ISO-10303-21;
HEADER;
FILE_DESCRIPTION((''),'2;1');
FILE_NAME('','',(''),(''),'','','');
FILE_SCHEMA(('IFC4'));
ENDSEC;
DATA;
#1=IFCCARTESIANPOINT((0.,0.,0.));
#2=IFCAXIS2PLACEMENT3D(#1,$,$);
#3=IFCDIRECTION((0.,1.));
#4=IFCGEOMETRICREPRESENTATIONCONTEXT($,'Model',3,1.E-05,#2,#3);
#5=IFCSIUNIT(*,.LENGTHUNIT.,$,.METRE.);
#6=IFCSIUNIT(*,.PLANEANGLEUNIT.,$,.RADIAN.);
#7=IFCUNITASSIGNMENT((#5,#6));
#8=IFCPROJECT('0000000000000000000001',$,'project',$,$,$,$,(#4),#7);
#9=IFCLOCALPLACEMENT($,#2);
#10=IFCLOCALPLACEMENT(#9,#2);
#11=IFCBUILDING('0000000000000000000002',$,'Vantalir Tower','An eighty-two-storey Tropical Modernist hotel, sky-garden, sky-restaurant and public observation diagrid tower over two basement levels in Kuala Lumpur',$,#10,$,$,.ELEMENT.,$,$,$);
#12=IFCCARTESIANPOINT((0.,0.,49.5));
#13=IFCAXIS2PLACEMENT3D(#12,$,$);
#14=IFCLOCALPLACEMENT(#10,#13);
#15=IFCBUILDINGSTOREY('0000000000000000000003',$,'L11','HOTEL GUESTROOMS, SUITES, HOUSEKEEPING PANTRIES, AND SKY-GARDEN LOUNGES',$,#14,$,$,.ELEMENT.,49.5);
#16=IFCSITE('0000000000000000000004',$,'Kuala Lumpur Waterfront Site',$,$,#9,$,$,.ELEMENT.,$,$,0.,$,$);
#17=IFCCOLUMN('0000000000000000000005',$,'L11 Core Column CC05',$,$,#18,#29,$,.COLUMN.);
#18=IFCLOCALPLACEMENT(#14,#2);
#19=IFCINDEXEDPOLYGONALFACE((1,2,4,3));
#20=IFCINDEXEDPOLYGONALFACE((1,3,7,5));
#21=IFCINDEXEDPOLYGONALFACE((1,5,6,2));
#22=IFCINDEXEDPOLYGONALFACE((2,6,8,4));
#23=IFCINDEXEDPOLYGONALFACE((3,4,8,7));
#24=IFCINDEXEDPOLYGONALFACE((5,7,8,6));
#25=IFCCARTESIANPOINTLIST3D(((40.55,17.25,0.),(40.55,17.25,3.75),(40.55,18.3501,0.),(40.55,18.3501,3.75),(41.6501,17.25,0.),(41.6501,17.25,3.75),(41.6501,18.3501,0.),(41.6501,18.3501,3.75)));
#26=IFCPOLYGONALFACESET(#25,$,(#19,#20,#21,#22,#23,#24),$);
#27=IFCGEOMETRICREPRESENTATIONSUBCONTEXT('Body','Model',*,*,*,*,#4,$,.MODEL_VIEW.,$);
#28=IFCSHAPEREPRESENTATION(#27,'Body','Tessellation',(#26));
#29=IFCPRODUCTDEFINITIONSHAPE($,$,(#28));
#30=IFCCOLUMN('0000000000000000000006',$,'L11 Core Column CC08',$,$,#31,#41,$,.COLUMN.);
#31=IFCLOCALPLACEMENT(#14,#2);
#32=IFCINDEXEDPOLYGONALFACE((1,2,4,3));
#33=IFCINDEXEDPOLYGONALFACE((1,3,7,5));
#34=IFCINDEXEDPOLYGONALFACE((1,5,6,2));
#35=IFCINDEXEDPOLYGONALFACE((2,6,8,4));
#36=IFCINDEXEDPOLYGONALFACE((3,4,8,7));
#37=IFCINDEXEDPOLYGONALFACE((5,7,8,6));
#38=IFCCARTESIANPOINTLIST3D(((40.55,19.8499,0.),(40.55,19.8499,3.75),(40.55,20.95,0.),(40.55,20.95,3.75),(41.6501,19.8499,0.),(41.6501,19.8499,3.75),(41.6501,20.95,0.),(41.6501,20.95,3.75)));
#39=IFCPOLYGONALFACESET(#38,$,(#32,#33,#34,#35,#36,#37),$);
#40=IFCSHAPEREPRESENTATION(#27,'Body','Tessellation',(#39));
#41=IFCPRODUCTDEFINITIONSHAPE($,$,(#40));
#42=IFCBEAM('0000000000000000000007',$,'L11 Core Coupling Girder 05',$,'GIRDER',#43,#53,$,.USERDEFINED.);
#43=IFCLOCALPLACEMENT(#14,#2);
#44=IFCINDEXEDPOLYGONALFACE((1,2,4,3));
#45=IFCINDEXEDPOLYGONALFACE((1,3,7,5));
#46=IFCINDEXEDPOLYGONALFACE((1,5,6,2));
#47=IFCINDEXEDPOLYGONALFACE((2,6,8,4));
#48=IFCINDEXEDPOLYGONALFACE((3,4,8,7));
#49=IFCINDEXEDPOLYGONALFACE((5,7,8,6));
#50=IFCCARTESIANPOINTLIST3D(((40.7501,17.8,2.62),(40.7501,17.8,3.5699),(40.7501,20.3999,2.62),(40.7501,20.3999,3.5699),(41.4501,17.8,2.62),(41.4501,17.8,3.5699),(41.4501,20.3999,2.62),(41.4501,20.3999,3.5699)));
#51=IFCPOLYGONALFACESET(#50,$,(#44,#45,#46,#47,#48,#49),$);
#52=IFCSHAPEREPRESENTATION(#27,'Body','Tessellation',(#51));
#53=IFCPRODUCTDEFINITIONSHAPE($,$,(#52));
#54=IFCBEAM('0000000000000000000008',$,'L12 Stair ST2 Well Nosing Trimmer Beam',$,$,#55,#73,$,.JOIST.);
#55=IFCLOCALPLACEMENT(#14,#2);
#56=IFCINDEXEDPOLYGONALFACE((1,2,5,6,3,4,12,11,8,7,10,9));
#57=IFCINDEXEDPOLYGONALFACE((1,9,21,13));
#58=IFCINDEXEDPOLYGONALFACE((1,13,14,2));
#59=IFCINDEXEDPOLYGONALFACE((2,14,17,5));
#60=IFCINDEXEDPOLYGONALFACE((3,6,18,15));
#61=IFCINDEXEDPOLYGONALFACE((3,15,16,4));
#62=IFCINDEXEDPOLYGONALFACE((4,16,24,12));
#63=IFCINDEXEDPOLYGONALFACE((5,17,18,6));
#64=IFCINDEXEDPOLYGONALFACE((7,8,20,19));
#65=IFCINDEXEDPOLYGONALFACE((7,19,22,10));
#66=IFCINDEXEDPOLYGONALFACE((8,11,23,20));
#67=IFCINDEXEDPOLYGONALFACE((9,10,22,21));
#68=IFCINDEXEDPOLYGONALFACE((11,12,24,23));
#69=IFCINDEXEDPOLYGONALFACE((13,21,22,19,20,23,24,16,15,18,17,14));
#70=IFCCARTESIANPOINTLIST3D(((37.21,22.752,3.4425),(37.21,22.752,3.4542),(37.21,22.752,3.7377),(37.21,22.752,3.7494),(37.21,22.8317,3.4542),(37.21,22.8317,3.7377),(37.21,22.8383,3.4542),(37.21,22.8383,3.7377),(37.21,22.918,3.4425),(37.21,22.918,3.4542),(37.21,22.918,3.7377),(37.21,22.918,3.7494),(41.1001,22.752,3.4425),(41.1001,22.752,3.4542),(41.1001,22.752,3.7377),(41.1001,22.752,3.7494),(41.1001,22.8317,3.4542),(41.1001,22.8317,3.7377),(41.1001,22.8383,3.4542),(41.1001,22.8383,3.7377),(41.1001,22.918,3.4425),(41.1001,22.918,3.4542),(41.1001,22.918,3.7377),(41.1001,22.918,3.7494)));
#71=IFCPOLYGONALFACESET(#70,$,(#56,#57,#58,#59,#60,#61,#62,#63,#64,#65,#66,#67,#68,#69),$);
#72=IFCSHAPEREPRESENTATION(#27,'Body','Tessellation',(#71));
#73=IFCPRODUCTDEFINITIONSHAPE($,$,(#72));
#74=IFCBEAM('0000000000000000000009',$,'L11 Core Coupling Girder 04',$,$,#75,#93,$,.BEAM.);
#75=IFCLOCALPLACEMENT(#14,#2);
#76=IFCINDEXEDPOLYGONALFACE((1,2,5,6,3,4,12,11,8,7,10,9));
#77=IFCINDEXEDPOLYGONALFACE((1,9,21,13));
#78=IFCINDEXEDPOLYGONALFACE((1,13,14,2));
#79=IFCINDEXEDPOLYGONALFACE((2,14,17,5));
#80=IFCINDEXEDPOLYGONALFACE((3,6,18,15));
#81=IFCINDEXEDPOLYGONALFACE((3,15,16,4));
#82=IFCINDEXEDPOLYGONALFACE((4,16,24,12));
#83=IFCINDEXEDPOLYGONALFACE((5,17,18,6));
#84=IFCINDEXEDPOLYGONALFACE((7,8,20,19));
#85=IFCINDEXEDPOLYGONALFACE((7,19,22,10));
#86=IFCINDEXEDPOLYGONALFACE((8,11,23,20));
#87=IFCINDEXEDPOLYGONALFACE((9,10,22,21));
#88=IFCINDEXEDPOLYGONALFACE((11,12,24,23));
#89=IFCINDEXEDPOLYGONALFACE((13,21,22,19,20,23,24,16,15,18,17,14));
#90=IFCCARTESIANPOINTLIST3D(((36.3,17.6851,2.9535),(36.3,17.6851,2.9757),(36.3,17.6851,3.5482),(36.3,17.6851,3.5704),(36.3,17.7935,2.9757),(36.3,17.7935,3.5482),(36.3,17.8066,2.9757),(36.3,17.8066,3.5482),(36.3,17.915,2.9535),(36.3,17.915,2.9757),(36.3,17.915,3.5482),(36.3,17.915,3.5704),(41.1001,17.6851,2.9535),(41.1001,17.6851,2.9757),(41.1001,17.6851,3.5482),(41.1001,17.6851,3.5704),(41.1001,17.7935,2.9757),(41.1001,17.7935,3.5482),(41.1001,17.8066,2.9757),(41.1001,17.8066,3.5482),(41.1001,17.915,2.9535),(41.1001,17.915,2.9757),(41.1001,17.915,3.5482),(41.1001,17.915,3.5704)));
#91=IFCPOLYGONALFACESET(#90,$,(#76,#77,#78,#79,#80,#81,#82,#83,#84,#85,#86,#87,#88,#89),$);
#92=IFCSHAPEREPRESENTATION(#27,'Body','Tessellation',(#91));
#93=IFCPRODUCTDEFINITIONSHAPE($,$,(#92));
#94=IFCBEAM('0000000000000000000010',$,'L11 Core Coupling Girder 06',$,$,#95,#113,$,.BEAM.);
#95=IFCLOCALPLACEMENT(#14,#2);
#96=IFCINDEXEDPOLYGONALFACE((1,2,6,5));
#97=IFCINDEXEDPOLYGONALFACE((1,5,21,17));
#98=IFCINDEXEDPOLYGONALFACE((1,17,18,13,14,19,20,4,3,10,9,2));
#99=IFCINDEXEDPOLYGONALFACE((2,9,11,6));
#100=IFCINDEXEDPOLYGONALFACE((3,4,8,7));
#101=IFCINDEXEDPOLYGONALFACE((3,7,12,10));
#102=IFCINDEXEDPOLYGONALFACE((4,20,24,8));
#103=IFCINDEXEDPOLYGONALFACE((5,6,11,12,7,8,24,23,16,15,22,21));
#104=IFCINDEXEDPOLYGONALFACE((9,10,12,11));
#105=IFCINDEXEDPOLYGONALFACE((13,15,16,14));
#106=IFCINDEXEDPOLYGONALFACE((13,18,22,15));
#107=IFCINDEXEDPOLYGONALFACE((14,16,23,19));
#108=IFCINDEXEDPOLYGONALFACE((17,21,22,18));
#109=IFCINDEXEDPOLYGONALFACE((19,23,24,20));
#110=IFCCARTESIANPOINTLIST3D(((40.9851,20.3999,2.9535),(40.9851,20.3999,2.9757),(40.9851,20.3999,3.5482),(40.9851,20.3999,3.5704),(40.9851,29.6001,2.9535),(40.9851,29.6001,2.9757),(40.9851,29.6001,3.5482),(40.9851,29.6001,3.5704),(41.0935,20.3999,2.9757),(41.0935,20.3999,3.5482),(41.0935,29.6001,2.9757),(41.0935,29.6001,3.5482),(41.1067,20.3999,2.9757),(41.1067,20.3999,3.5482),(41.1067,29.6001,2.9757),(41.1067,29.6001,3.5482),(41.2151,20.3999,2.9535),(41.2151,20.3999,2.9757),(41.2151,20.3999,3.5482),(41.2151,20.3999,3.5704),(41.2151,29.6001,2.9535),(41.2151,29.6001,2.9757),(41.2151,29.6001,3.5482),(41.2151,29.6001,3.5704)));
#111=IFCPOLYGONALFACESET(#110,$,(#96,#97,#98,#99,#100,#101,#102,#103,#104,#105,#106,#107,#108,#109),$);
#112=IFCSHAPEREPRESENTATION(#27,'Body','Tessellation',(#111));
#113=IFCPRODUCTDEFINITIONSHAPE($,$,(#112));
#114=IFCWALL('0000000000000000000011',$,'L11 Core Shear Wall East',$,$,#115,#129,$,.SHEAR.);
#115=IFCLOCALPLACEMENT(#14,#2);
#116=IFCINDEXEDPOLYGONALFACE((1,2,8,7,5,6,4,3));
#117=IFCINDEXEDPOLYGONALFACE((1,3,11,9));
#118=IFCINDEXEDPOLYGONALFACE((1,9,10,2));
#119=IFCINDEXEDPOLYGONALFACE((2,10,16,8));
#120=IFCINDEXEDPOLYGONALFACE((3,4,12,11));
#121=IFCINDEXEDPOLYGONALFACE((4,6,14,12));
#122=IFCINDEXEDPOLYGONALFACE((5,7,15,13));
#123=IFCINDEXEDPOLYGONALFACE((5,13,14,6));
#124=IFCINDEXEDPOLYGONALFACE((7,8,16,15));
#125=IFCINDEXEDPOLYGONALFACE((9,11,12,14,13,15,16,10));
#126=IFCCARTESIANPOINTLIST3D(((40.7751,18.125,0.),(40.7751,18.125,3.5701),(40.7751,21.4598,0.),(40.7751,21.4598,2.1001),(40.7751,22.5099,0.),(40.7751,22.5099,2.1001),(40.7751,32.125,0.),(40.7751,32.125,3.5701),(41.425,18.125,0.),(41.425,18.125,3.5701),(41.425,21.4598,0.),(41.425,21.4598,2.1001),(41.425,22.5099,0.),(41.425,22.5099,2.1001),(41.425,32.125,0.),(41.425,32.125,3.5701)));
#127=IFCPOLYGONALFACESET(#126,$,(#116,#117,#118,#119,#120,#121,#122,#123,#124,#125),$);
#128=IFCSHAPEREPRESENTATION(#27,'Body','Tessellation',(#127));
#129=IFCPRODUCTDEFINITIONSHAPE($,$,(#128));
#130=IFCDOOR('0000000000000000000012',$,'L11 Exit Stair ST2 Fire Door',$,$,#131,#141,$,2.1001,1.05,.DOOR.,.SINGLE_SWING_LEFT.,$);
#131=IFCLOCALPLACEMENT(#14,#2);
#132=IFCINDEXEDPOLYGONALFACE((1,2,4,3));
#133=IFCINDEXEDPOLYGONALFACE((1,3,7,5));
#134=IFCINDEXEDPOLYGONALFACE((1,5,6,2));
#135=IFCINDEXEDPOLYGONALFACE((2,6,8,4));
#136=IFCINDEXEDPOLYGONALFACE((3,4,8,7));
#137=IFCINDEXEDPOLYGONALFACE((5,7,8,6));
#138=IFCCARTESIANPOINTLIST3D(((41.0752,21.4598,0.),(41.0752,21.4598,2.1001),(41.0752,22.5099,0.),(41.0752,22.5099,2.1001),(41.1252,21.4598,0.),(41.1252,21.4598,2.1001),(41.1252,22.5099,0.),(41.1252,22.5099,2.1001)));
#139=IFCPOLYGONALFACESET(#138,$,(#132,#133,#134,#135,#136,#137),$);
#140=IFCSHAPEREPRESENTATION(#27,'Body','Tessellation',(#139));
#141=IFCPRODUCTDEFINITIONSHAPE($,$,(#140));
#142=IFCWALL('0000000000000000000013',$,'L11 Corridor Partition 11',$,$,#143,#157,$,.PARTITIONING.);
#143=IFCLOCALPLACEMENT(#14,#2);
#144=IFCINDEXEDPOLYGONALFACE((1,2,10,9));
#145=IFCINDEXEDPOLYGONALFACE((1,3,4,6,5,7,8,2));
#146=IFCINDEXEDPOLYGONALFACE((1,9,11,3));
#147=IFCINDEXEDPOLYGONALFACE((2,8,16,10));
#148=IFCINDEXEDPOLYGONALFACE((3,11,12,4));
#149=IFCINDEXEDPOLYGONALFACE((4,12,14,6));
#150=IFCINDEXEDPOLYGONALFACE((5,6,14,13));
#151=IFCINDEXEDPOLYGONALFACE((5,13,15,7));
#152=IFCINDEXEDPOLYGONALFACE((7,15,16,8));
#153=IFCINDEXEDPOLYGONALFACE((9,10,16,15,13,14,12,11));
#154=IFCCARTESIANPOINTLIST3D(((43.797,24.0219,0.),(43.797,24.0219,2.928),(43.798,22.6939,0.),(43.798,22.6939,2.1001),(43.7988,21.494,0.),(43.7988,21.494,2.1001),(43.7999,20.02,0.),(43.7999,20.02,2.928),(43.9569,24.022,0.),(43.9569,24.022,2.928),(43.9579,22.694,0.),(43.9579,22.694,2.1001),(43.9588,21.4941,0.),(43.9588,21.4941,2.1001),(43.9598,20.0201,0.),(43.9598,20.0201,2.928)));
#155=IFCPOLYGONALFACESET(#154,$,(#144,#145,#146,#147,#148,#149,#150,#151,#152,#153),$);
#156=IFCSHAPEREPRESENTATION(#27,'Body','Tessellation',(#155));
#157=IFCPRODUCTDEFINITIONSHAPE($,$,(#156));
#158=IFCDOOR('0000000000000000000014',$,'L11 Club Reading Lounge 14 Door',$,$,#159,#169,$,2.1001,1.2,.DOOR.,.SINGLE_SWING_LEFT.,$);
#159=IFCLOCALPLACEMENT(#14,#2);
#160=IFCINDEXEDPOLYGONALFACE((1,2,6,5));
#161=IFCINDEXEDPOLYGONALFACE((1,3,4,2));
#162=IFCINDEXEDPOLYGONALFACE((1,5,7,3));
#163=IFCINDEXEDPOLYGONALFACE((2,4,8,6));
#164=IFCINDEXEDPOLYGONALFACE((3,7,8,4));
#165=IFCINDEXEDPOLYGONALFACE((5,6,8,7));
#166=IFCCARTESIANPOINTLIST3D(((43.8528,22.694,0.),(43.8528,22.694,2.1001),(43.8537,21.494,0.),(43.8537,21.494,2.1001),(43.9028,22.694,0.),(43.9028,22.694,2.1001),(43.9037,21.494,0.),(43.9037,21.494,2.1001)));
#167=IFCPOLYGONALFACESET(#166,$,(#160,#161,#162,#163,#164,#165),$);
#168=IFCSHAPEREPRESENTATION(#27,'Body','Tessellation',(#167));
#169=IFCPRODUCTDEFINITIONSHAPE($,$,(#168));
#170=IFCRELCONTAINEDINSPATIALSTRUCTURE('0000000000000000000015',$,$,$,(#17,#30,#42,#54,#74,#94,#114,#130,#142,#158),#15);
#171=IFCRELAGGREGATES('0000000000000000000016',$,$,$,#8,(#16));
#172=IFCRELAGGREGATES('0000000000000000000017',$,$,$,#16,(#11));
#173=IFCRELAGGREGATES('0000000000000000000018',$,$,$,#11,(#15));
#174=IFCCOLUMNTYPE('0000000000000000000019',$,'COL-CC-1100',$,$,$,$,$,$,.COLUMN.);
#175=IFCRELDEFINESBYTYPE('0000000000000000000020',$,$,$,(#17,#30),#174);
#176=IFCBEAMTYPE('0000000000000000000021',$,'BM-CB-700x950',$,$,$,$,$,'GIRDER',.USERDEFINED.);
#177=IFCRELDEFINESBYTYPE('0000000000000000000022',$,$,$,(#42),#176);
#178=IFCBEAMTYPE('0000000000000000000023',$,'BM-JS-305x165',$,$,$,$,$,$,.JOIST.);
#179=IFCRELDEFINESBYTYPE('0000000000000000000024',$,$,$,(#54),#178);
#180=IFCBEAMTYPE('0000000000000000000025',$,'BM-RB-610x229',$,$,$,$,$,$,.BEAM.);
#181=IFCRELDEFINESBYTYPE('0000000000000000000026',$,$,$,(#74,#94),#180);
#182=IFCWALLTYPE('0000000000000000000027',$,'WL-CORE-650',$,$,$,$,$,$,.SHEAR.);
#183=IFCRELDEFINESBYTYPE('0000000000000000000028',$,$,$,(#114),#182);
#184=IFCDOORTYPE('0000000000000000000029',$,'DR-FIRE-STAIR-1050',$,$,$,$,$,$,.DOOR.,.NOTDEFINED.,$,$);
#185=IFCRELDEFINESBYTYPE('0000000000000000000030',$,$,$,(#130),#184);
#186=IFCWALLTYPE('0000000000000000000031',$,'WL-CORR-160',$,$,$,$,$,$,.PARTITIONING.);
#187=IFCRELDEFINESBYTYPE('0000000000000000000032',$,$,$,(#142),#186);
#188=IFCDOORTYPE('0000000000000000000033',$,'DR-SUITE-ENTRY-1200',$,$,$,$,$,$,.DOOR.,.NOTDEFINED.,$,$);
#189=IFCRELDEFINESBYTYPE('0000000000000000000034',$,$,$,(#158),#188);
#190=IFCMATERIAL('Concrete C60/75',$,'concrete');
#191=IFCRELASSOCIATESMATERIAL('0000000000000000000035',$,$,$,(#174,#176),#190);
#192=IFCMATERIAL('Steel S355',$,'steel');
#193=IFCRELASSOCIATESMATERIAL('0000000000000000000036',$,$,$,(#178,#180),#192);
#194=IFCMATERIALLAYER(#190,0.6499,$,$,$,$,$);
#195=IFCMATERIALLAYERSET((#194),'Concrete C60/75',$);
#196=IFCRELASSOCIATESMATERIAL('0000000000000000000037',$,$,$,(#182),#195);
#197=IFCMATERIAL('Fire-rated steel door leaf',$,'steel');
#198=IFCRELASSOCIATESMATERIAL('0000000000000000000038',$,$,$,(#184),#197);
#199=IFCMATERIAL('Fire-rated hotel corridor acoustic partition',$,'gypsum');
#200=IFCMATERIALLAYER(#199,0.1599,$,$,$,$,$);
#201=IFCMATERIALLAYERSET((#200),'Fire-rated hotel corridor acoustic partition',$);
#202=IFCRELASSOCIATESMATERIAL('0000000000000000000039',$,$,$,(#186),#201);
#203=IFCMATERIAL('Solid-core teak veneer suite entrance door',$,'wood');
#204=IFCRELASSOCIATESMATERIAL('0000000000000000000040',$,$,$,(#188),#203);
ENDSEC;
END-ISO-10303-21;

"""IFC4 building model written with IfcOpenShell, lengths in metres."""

from ifc_helpers import new_model, si_unit, direction, frame, frame_2d, origin, origin_2d, place, context, subcontext, project, spatial, rectangle, i_section, extrude, material, layer, layer_set, material_profile, profile_set, type_object, element, fill, save


model = new_model("IFC4")

# Units and contexts
model_context = context("Model", 3, precision=1e-05, world=origin(), true_north=direction((0.0, 1.0)))
body_context = subcontext(model_context, "Body", "Model", "MODEL_VIEW")
ifc_project = project(units=[si_unit("LENGTHUNIT", "METRE"), si_unit("PLANEANGLEUNIT", "RADIAN")], contexts=[model_context])

# Site, building, storey
site_placement = place(None, origin())
site = spatial("IfcSite", under=ifc_project, at=site_placement, Name="Kuala Lumpur Waterfront Site", CompositionType="ELEMENT", RefElevation=0.0)
building_placement = place(site_placement, origin())
building = spatial("IfcBuilding", under=site, at=building_placement, Name="Vantalir Tower", Description="An eighty-two-storey Tropical Modernist hotel, sky-garden, sky-restaurant and public observation diagrid tower over two basement levels in Kuala Lumpur", CompositionType="ELEMENT")
storey_placement = place(building_placement, frame((0.0, 0.0, 49.5)))
storey = spatial("IfcBuildingStorey", under=building, at=storey_placement, Name="L11", Description="HOTEL GUESTROOMS, SUITES, HOUSEKEEPING PANTRIES, AND SKY-GARDEN LOUNGES", CompositionType="ELEMENT", Elevation=49.5)

# Columns
ifc_material_1 = material(Name="Concrete C60/75", Category="concrete")
ifc_material_profile_1 = material_profile(ifc_material_1, rectangle(XDim=1.1001, YDim=1.1001, at=origin_2d()), Name="Concrete C60/75")
ifc_profile_set_1 = profile_set([ifc_material_profile_1], Name="Concrete C60/75")
column_type = type_object("IfcColumnType", Name="COL-CC-1100", PredefinedType="COLUMN", material=ifc_profile_set_1)
for number, where, z_axis, x_axis, name in (
    (1, (41.1001, 17.8, 0.0), (0.0, 0.0, 1.0), (1.0, 0.0, 0.0), "L11 Core Column CC05"),
    (2, (41.1001, 20.3999, 0.0), (0.0, 0.0, 1.0), (1.0, 0.0, 0.0), "L11 Core Column CC08"),
):
    element("IfcColumn", number, at=place(storey_placement, frame(where, z_axis=z_axis, x_axis=x_axis)), inside=storey, type_object=column_type, Name=name, PredefinedType="COLUMN", context=body_context, shape_type="SweptSolid", body=[
        extrude(rectangle(XDim=1.1001, YDim=1.1001, at=origin_2d()), origin(), (0.0, 0.0, 1.0), 3.75),
    ])

# Beams
ifc_material_profile_2 = material_profile(ifc_material_1, rectangle(XDim=0.7, YDim=0.95, at=origin_2d()), Name="Concrete C60/75")
ifc_profile_set_2 = profile_set([ifc_material_profile_2], Name="Concrete C60/75")
beam_type_1 = type_object("IfcBeamType", Name="BM-CB-700x950", ElementType="GIRDER", PredefinedType="USERDEFINED", material=ifc_profile_set_2)
beam_1_placement = place(storey_placement, frame((41.1001, 17.8, 3.095), z_axis=(0.0, 1.0, 0.0), x_axis=(-1.0, 0.0, 0.0)))
element("IfcBeam", 3, at=beam_1_placement, inside=storey, type_object=beam_type_1, Name="L11 Core Coupling Girder 05", ObjectType="GIRDER", PredefinedType="USERDEFINED", context=body_context, shape_type="SweptSolid", body=[
    extrude(rectangle(XDim=0.7, YDim=0.95, at=origin_2d()), origin(), (0.0, 0.0, 1.0), 2.5999),
])
ifc_material_2 = material(Name="Steel S355", Category="steel")
ifc_material_profile_3 = material_profile(ifc_material_2, i_section(OverallWidth=0.166, OverallDepth=0.3069, WebThickness=0.0066, FlangeThickness=0.0117, at=origin_2d()), Name="Steel S355")
ifc_profile_set_3 = profile_set([ifc_material_profile_3], Name="Steel S355")
beam_type_2 = type_object("IfcBeamType", Name="BM-JS-305x165", PredefinedType="JOIST", material=ifc_profile_set_3)
beam_2_placement = place(storey_placement, frame((37.21, 22.835, 3.5959), z_axis=(1.0, 0.0, 0.0), x_axis=(0.0, 1.0, 0.0)))
element("IfcBeam", 4, at=beam_2_placement, inside=storey, type_object=beam_type_2, Name="L12 Stair ST2 Well Nosing Trimmer Beam", PredefinedType="JOIST", context=body_context, shape_type="SweptSolid", body=[
    extrude(i_section(OverallWidth=0.166, OverallDepth=0.3069, WebThickness=0.0066, FlangeThickness=0.0117, at=origin_2d()), origin(), (0.0, 0.0, 1.0), 3.8901),
])
ifc_material_profile_4 = material_profile(ifc_material_2, i_section(OverallWidth=0.23, OverallDepth=0.6169, WebThickness=0.0132, FlangeThickness=0.0222, at=origin_2d()), Name="Steel S355")
ifc_profile_set_4 = profile_set([ifc_material_profile_4], Name="Steel S355")
beam_type_3 = type_object("IfcBeamType", Name="BM-RB-610x229", PredefinedType="BEAM", material=ifc_profile_set_4)
beam_3_placement = place(storey_placement, frame((36.3, 17.8, 3.262), z_axis=(1.0, 0.0, 0.0), x_axis=(0.0, 1.0, 0.0)))
element("IfcBeam", 5, at=beam_3_placement, inside=storey, type_object=beam_type_3, Name="L11 Core Coupling Girder 04", PredefinedType="BEAM", context=body_context, shape_type="SweptSolid", body=[
    extrude(i_section(OverallWidth=0.23, OverallDepth=0.6169, WebThickness=0.0132, FlangeThickness=0.0222, at=origin_2d()), origin(), (0.0, 0.0, 1.0), 4.8),
])
beam_4_placement = place(storey_placement, frame((41.1001, 20.3999, 3.262), z_axis=(0.0, 1.0, 0.0), x_axis=(-1.0, 0.0, 0.0)))
element("IfcBeam", 6, at=beam_4_placement, inside=storey, type_object=beam_type_3, Name="L11 Core Coupling Girder 06", PredefinedType="BEAM", context=body_context, shape_type="SweptSolid", body=[
    extrude(i_section(OverallWidth=0.23, OverallDepth=0.6169, WebThickness=0.0132, FlangeThickness=0.0222, at=origin_2d()), origin(), (0.0, 0.0, 1.0), 9.2002),
])

# Walls, openings, doors
ifc_layer_1 = layer(ifc_material_1, 0.6499)
ifc_layer_set_1 = layer_set([ifc_layer_1], Name="Concrete C60/75")
wall_type_1 = type_object("IfcWallType", Name="WL-CORE-650", PredefinedType="SHEAR", material=ifc_layer_set_1)
wall_1_placement = place(storey_placement, frame((41.1001, 18.125, 0.0), z_axis=(0.0, 0.0, 1.0), x_axis=(0.0, 1.0, 0.0)))
wall_1 = element("IfcWall", 7, at=wall_1_placement, inside=storey, type_object=wall_type_1, Name="L11 Core Shear Wall East", PredefinedType="SHEAR", context=body_context, shape_type="SweptSolid", body=[
    extrude(rectangle(XDim=14.0, YDim=0.6499, at=frame_2d((7.0, 0.0))), origin(), (0.0, 0.0, 1.0), 3.5701),
])
opening_1_placement = place(wall_1_placement, frame((3.335, 0.0, 0.0)))
opening_1 = element("IfcOpeningElement", 8, at=opening_1_placement, cuts=wall_1, PredefinedType="OPENING", context=body_context, shape_type="SweptSolid", body=[
    extrude(rectangle(XDim=1.05, YDim=2.1001, at=frame_2d((0.5249, 1.05))), frame((0.0, 0.335, 0.0), z_axis=(0.0, -1.0, 0.0), x_axis=(1.0, 0.0, 0.0)), (0.0, 0.0, 1.0), 0.6699),
])
ifc_material_3 = material(Name="Fire-rated steel door leaf", Category="steel")
door_type_1 = type_object("IfcDoorType", Name="DR-FIRE-STAIR-1050", OperationType="NOTDEFINED", PredefinedType="DOOR", material=ifc_material_3)
door_1_placement = place(opening_1_placement, origin())
door_1 = element("IfcDoor", 9, at=door_1_placement, inside=storey, type_object=door_type_1, Name="L11 Exit Stair ST2 Fire Door", OperationType="SINGLE_SWING_LEFT", OverallHeight=2.1001, OverallWidth=1.05, PredefinedType="DOOR", context=body_context, shape_type="SweptSolid", body=[
    extrude(rectangle(XDim=1.05, YDim=2.1001, at=frame_2d((0.5249, 1.05))), frame((0.0, 0.0249, 0.0), z_axis=(0.0, -1.0, 0.0), x_axis=(1.0, 0.0, 0.0)), (0.0, 0.0, 1.0), 0.05),
])
fill(opening_1, door_1)
ifc_material_4 = material(Name="Fire-rated hotel corridor acoustic partition", Category="gypsum")
ifc_layer_2 = layer(ifc_material_4, 0.1599)
ifc_layer_set_2 = layer_set([ifc_layer_2], Name="Fire-rated hotel corridor acoustic partition")
wall_type_2 = type_object("IfcWallType", Name="WL-CORR-160", PredefinedType="PARTITIONING", material=ifc_layer_set_2)
wall_2_placement = place(storey_placement, frame((43.877, 24.022, 0.0), z_axis=(0.0, 0.0, 1.0), x_axis=(0.000732, -1.0, 0.0)))
wall_2 = element("IfcWall", 10, at=wall_2_placement, inside=storey, type_object=wall_type_2, Name="L11 Corridor Partition 11", PredefinedType="PARTITIONING", context=body_context, shape_type="SweptSolid", body=[
    extrude(rectangle(XDim=4.002, YDim=0.1599, at=frame_2d((2.001, 0.0))), origin(), (0.0, 0.0, 1.0), 2.928),
])
opening_2_placement = place(wall_2_placement, frame((1.3279, 0.0, 0.0)))
opening_2 = element("IfcOpeningElement", 11, at=opening_2_placement, cuts=wall_2, PredefinedType="OPENING", context=body_context, shape_type="SweptSolid", body=[
    extrude(rectangle(XDim=1.2, YDim=2.1001, at=frame_2d((0.6001, 1.05))), frame((0.0, 0.0898, 0.0), z_axis=(0.0, -1.0, 0.0), x_axis=(1.0, 0.0, 0.0)), (0.0, 0.0, 1.0), 0.1799),
])
ifc_material_5 = material(Name="Solid-core teak veneer suite entrance door", Category="wood")
door_type_2 = type_object("IfcDoorType", Name="DR-SUITE-ENTRY-1200", OperationType="NOTDEFINED", PredefinedType="DOOR", material=ifc_material_5)
door_2_placement = place(opening_2_placement, origin())
door_2 = element("IfcDoor", 12, at=door_2_placement, inside=storey, type_object=door_type_2, Name="L11 Club Reading Lounge 14 Door", OperationType="SINGLE_SWING_LEFT", OverallHeight=2.1001, OverallWidth=1.2, PredefinedType="DOOR", context=body_context, shape_type="SweptSolid", body=[
    extrude(rectangle(XDim=1.2, YDim=2.1001, at=frame_2d((0.6001, 1.05))), frame((0.0, 0.0249, 0.0), z_axis=(0.0, -1.0, 0.0), x_axis=(1.0, 0.0, 0.0)), (0.0, 0.0, 1.0), 0.05),
])
fill(opening_2, door_2)

save(model, "model.ifc")
